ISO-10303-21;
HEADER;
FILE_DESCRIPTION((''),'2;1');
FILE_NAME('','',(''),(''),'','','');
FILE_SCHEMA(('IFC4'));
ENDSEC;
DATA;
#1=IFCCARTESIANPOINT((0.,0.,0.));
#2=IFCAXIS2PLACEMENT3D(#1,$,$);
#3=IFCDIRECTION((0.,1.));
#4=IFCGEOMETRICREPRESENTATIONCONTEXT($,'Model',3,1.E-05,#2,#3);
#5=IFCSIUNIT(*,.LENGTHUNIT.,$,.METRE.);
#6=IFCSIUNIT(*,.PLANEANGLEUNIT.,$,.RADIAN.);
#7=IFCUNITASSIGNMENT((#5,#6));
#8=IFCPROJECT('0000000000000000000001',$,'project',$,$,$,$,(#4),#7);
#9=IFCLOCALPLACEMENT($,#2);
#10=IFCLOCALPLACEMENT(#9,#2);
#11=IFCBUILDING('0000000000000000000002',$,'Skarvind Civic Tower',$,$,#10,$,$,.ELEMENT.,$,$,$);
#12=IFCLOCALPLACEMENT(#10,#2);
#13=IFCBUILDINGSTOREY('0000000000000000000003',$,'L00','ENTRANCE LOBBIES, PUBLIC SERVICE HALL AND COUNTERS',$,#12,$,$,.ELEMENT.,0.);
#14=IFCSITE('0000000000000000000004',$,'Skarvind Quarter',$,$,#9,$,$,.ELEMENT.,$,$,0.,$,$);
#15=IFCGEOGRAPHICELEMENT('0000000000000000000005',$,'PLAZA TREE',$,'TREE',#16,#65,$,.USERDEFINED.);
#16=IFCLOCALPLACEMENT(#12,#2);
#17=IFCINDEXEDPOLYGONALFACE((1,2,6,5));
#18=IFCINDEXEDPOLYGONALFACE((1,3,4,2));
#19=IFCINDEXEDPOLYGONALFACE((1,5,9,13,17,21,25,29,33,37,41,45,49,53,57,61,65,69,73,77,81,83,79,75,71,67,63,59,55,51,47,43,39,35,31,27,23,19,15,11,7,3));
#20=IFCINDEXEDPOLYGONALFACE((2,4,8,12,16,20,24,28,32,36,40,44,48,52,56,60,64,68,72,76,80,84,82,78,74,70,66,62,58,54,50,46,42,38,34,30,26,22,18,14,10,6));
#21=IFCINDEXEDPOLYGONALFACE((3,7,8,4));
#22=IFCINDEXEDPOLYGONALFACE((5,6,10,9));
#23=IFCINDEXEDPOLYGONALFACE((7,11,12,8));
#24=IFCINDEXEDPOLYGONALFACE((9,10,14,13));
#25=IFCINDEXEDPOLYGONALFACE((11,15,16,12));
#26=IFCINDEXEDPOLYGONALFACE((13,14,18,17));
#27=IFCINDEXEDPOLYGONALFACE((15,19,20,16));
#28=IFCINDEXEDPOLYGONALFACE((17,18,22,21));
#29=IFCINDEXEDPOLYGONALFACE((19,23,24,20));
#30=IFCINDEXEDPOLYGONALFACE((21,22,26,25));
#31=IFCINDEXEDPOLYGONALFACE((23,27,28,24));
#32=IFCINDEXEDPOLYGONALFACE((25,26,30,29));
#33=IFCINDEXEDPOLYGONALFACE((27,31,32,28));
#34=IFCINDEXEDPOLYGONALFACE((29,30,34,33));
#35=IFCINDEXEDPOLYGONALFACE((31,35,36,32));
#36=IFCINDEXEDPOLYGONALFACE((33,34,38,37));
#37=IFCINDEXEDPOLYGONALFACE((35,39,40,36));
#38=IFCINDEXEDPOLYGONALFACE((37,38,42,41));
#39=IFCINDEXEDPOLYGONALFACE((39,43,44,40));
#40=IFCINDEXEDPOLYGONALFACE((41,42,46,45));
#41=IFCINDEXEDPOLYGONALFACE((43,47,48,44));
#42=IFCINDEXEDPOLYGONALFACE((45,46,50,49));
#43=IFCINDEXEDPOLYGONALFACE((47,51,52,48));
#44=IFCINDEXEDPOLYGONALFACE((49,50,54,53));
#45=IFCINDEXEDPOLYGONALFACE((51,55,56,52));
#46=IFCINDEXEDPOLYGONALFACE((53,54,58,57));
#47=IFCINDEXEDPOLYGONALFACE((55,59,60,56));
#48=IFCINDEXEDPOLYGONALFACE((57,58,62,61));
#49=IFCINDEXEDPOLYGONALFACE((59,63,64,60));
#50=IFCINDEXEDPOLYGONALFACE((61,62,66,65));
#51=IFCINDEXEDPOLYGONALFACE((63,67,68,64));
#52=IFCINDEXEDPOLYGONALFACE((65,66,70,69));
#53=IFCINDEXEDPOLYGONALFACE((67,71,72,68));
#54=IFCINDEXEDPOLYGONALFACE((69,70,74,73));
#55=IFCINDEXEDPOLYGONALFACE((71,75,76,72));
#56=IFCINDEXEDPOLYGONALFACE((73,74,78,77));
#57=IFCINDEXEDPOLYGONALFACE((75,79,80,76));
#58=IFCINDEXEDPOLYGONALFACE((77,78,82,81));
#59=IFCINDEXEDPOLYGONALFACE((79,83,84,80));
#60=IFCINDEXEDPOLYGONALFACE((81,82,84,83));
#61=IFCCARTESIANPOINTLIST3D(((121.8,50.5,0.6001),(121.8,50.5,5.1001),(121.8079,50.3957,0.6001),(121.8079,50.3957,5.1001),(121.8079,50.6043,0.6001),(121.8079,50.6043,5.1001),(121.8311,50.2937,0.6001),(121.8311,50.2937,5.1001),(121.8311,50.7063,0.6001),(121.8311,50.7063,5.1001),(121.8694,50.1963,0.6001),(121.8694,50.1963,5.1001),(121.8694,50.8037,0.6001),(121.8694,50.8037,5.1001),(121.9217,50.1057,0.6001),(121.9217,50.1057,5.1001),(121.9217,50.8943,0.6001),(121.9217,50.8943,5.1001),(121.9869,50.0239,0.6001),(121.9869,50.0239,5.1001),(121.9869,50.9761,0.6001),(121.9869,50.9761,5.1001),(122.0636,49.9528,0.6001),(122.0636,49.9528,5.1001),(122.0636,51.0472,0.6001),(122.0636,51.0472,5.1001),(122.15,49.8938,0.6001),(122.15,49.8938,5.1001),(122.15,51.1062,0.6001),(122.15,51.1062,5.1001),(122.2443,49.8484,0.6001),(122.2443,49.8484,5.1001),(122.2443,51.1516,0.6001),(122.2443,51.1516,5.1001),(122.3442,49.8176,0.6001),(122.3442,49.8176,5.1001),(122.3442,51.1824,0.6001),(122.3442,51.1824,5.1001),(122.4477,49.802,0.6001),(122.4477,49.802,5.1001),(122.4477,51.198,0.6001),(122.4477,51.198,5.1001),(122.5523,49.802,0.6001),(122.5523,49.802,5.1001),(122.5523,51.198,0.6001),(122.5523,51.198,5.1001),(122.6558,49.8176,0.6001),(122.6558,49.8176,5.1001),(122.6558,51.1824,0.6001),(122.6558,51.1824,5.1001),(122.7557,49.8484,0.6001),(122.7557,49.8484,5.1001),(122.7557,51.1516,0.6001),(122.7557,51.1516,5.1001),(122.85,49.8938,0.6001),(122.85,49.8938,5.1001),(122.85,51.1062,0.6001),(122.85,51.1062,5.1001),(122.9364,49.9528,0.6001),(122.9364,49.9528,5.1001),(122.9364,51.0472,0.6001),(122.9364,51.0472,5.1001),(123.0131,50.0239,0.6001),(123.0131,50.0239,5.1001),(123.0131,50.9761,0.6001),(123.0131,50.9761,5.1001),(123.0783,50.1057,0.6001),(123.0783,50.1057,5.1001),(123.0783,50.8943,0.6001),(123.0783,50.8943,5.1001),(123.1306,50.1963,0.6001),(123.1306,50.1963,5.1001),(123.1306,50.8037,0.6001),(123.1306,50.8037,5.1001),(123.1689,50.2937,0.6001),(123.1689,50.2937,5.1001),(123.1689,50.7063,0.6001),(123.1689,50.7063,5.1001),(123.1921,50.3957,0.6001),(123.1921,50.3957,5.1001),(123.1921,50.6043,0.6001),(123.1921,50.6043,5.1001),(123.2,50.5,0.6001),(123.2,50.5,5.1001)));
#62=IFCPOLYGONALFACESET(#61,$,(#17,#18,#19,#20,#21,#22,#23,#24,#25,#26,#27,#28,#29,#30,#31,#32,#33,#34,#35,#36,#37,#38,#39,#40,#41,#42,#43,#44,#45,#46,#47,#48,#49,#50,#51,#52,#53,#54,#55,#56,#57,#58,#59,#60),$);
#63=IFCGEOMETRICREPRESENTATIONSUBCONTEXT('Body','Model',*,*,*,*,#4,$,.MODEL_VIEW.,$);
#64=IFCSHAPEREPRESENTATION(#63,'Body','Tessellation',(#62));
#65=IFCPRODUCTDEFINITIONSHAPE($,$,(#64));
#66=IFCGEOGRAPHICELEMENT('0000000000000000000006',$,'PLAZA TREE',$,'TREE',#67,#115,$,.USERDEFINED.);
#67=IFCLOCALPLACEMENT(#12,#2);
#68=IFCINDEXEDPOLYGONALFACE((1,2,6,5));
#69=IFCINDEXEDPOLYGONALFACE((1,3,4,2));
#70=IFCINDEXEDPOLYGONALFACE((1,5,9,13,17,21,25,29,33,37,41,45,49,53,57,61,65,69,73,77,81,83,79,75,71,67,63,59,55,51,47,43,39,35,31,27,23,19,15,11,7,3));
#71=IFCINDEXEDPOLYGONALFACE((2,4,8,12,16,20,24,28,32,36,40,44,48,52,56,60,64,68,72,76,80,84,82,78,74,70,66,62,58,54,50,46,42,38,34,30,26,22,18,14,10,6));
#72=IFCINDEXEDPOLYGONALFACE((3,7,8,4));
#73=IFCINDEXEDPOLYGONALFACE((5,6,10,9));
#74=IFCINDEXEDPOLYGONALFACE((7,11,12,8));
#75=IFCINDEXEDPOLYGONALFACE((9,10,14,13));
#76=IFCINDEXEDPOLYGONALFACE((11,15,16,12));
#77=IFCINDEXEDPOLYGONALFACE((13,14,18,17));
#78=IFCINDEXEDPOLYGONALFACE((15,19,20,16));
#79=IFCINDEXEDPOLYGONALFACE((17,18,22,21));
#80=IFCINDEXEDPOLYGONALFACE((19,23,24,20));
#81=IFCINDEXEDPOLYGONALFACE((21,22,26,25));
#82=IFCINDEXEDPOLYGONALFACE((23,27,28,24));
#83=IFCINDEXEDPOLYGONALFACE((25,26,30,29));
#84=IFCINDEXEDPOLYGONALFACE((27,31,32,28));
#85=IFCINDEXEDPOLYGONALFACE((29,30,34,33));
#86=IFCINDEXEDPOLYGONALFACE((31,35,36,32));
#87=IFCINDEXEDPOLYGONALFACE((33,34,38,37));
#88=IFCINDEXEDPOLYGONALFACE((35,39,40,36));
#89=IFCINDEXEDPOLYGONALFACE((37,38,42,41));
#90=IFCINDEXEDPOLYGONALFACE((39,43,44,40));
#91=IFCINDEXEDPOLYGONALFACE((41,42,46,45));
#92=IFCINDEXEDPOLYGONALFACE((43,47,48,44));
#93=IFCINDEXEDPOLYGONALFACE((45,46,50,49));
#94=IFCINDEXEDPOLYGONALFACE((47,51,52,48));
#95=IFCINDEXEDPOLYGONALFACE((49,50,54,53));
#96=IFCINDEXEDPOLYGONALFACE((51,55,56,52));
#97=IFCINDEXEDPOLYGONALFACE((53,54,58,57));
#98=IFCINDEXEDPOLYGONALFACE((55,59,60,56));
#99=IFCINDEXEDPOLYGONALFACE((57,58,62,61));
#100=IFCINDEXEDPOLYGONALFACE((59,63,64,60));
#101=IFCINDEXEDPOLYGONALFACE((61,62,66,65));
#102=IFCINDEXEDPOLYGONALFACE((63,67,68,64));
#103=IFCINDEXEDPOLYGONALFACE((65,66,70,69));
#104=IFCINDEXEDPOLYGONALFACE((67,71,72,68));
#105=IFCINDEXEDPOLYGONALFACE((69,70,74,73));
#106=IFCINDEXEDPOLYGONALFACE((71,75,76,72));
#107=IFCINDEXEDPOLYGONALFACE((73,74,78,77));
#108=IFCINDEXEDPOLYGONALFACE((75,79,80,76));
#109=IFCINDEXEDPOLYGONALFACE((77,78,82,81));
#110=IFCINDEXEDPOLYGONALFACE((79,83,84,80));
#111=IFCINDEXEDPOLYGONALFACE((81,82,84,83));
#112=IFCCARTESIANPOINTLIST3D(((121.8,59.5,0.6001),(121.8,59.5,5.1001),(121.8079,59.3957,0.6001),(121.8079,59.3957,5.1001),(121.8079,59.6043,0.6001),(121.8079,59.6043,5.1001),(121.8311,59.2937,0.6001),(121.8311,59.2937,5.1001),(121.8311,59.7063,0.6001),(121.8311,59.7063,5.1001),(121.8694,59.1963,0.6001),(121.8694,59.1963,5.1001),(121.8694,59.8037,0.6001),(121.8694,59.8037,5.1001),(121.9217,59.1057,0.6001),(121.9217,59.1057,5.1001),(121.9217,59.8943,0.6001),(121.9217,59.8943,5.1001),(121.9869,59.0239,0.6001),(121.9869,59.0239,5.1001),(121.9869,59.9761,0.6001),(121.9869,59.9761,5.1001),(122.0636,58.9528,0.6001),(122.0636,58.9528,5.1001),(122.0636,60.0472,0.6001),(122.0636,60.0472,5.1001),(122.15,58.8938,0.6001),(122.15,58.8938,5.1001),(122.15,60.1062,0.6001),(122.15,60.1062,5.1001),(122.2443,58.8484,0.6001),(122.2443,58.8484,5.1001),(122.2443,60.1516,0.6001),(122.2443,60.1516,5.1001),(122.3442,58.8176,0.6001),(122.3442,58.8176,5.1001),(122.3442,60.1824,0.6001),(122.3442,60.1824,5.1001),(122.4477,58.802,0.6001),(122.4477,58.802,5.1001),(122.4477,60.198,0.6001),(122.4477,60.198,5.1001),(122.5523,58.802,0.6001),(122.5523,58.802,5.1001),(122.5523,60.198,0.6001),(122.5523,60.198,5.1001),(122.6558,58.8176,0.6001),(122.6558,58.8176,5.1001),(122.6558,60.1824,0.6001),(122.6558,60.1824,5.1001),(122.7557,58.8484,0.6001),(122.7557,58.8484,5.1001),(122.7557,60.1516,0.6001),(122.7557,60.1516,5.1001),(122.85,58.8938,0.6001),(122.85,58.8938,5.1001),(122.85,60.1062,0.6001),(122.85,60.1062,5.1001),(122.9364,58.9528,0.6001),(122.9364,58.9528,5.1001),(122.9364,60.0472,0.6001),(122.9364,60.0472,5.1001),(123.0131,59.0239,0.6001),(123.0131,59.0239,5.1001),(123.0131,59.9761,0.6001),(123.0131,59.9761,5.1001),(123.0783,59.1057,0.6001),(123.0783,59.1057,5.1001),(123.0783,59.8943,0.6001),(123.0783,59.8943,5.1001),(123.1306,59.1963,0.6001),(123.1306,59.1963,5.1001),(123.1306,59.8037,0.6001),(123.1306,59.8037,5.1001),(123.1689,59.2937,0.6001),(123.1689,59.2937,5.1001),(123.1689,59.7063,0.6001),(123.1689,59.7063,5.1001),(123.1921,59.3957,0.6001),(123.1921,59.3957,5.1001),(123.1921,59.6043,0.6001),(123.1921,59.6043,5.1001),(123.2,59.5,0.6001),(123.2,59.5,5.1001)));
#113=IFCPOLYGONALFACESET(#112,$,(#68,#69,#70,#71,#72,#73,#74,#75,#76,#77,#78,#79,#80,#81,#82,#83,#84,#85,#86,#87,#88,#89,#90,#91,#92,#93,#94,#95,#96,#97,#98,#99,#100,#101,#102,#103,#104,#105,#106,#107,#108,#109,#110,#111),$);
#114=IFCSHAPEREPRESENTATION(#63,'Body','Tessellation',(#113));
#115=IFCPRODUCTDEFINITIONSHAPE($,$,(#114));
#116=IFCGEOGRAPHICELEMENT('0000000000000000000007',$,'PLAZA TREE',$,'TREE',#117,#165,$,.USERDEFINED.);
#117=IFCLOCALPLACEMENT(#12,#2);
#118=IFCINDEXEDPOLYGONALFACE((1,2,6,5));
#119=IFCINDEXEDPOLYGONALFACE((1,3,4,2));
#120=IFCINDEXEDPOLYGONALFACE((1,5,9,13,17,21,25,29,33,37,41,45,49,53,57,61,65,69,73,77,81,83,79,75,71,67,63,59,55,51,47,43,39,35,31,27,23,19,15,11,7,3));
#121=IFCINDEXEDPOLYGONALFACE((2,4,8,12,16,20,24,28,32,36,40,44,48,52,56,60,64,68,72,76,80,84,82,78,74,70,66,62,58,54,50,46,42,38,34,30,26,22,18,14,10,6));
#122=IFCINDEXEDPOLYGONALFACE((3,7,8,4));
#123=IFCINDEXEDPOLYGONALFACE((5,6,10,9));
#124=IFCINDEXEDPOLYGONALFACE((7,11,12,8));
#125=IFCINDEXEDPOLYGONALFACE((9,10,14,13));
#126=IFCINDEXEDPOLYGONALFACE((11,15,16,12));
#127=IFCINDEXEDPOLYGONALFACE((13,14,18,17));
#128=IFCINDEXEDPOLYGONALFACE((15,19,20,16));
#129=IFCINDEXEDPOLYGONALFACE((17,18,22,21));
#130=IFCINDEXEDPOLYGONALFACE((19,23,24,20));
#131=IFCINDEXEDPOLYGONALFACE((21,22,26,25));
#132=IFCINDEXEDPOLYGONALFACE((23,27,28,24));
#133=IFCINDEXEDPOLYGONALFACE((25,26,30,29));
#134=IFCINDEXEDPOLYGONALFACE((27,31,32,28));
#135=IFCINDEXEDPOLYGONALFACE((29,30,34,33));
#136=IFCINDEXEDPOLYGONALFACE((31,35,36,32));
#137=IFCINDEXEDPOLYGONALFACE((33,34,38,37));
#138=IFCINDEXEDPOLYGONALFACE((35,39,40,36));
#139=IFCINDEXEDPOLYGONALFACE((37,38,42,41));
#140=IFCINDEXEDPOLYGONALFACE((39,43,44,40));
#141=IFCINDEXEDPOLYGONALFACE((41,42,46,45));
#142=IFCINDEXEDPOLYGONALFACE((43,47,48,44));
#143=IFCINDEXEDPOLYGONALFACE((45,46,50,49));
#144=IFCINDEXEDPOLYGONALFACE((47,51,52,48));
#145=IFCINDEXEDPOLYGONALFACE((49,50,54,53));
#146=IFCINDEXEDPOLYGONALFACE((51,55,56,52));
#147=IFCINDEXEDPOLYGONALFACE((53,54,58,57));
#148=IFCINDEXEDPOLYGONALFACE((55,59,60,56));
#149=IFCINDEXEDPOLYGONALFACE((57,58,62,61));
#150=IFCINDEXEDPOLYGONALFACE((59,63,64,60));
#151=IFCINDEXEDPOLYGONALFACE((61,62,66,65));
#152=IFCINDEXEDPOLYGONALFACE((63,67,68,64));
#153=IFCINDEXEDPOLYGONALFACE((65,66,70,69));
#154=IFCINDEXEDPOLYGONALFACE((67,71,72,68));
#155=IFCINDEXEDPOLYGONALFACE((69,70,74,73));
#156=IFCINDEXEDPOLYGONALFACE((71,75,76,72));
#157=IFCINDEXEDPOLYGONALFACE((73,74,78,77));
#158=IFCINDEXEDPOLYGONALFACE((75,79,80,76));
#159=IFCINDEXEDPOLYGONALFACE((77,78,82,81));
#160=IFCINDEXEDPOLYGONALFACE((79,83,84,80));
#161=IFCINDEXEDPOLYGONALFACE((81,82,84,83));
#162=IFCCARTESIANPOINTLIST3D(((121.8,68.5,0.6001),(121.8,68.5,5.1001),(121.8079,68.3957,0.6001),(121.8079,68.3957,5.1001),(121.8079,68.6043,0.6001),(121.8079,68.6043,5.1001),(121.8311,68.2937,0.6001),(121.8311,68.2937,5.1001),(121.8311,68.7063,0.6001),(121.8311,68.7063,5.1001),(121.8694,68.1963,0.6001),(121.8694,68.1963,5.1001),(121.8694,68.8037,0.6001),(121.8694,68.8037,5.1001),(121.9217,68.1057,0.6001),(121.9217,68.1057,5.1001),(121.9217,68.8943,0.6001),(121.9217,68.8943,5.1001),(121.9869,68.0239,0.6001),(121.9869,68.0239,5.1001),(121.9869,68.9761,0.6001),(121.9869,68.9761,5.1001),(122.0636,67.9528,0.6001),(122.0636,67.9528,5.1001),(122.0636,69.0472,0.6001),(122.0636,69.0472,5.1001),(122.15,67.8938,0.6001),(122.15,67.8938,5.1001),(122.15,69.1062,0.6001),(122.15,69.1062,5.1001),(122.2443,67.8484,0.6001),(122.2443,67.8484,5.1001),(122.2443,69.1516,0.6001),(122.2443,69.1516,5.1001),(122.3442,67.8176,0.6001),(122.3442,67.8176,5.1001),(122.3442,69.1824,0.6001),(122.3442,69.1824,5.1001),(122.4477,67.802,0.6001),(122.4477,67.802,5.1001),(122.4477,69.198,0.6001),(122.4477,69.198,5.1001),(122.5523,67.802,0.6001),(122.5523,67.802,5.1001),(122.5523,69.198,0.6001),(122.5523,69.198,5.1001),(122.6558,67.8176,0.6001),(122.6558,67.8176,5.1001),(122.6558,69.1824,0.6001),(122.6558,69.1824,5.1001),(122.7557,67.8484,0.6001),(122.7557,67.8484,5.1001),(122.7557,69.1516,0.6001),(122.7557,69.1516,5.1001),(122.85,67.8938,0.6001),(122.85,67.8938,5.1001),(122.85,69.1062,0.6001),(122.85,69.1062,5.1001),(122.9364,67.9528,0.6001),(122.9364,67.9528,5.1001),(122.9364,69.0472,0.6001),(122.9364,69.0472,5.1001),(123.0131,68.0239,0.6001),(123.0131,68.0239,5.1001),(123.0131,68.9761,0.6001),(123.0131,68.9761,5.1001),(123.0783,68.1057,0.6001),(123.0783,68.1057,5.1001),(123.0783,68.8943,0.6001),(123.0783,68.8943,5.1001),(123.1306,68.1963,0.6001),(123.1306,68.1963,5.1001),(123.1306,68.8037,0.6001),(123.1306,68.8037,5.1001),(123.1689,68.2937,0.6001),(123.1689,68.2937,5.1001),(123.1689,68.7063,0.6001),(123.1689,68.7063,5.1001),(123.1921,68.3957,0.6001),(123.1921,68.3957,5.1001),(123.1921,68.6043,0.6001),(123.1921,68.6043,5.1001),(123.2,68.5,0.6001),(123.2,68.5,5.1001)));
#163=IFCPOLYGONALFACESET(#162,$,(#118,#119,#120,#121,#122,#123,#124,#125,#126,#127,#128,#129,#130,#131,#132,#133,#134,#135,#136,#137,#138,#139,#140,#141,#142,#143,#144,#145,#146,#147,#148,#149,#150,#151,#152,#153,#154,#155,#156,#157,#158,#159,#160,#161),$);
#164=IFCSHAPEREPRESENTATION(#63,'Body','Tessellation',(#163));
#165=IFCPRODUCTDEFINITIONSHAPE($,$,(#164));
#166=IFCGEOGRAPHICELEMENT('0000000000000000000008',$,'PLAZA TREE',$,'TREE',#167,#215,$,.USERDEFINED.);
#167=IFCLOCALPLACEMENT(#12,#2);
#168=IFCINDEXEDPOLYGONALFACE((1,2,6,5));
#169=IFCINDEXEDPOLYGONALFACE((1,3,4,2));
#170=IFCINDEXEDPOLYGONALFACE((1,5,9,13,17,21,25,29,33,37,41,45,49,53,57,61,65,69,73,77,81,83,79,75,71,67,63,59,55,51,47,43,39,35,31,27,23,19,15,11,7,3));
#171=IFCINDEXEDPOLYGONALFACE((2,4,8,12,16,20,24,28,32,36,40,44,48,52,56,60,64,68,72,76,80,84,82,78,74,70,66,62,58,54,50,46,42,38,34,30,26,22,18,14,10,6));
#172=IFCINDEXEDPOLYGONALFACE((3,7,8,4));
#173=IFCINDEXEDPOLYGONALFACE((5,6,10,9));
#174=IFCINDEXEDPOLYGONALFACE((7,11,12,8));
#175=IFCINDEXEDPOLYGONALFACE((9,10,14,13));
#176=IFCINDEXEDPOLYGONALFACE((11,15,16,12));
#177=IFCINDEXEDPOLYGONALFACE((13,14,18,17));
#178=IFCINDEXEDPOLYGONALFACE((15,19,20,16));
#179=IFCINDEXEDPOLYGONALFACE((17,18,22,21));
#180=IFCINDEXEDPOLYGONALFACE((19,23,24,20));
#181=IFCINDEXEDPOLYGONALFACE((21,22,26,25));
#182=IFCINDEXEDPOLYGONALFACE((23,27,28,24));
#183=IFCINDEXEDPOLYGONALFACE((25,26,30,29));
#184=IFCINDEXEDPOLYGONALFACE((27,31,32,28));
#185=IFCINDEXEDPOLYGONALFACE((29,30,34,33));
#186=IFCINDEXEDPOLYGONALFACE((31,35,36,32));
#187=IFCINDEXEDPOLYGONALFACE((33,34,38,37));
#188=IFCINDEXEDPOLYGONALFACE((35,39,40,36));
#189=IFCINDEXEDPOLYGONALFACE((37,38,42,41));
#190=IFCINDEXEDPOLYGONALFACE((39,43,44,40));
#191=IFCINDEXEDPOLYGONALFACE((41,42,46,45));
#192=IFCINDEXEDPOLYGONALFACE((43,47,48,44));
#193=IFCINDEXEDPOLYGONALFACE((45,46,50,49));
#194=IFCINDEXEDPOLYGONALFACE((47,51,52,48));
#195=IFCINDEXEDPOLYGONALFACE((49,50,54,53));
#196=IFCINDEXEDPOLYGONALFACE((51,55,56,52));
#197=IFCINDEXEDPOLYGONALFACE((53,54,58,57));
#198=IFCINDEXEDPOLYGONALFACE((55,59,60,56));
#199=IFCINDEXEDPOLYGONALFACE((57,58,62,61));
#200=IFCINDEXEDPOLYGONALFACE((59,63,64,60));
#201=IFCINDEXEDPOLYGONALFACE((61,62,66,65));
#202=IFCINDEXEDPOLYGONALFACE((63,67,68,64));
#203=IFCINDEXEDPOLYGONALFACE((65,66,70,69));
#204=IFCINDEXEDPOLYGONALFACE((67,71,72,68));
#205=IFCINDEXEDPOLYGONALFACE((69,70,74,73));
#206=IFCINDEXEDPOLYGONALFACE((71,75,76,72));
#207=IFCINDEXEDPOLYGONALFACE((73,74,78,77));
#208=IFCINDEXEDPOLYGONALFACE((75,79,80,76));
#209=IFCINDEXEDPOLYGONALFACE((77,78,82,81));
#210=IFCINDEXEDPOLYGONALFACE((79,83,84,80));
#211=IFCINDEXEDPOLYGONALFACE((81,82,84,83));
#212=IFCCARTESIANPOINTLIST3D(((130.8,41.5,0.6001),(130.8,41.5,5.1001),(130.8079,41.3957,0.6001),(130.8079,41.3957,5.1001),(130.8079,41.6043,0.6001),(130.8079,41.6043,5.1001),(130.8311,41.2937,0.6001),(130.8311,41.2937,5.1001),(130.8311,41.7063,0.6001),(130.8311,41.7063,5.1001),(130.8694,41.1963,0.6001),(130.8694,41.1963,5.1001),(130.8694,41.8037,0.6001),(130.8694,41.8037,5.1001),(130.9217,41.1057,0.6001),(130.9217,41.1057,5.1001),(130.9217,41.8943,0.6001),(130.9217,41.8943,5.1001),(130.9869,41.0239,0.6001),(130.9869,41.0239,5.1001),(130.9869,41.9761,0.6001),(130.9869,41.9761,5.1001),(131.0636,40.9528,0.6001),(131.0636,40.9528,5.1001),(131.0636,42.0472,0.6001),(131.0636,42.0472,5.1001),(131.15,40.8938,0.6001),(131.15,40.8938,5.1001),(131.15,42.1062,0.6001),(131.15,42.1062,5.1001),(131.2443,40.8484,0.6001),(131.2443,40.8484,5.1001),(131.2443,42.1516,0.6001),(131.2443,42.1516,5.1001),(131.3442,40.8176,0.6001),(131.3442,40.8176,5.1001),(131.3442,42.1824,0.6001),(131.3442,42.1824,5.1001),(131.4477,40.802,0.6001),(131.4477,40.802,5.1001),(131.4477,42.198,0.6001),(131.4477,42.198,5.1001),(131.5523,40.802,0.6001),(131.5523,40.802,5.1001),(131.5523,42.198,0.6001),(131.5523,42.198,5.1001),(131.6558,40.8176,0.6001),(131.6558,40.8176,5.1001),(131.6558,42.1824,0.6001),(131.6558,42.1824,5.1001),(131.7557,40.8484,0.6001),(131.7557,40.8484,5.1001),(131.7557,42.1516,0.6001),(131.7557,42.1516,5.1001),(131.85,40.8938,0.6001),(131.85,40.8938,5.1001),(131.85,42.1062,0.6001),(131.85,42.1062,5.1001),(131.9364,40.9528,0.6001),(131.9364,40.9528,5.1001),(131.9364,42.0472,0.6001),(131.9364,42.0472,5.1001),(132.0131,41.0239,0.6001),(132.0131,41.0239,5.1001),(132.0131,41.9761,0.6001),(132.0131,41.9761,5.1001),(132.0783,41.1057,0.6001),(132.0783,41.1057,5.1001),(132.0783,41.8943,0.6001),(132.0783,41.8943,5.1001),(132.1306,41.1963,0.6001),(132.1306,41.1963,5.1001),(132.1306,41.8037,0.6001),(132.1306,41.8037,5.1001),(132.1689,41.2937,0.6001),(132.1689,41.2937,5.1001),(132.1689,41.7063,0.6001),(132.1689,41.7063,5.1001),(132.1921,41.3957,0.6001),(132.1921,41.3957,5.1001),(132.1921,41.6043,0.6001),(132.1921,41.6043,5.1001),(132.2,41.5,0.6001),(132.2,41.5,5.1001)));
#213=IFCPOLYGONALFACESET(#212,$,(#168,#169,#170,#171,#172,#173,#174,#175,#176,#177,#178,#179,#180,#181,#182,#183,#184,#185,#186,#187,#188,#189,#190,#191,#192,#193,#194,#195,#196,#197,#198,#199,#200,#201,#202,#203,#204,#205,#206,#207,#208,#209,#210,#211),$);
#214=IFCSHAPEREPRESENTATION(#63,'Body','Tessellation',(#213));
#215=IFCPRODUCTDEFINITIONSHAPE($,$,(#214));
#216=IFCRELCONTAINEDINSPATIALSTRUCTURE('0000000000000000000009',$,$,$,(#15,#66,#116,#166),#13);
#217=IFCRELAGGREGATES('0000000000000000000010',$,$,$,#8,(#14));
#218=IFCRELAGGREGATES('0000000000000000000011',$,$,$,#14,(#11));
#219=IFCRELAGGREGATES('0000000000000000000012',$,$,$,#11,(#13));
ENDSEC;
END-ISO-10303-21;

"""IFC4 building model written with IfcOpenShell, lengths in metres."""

from ifc_helpers import new_model, si_unit, direction, frame, origin, origin_2d, place, context, subcontext, project, spatial, circle, extrude, element, save


model = new_model("IFC4")

# Units and contexts
model_context = context("Model", 3, precision=1e-05, world=origin(), true_north=direction((0.0, 1.0)))
body_context = subcontext(model_context, "Body", "Model", "MODEL_VIEW")
ifc_project = project(units=[si_unit("LENGTHUNIT", "METRE"), si_unit("PLANEANGLEUNIT", "RADIAN")], contexts=[model_context])

# Site, building, storey
site_placement = place(None, origin())
site = spatial("IfcSite", under=ifc_project, at=site_placement, Name="Skarvind Quarter", CompositionType="ELEMENT", RefElevation=0.0)
building_placement = place(site_placement, origin())
building = spatial("IfcBuilding", under=site, at=building_placement, Name="Skarvind Civic Tower", CompositionType="ELEMENT")
storey_placement = place(building_placement, origin())
storey = spatial("IfcBuildingStorey", under=building, at=storey_placement, Name="L00", Description="ENTRANCE LOBBIES, PUBLIC SERVICE HALL AND COUNTERS", CompositionType="ELEMENT", Elevation=0.0)

# Geographic elements
for number, where, z_axis, x_axis, name in (
    (1, (122.5, 50.5, 0.6001), (0.0, 0.0, 1.0), (1.0, 0.0, 0.0), "PLAZA TREE"),
    (2, (122.5, 59.5, 0.6001), (0.0, 0.0, 1.0), (1.0, 0.0, 0.0), "PLAZA TREE"),
    (3, (122.5, 68.5, 0.6001), (0.0, 0.0, 1.0), (1.0, 0.0, 0.0), "PLAZA TREE"),
    (4, (131.5, 41.5, 0.6001), (0.0, 0.0, 1.0), (1.0, 0.0, 0.0), "PLAZA TREE"),
):
    element("IfcGeographicElement", number, at=place(storey_placement, frame(where, z_axis=z_axis, x_axis=x_axis)), inside=storey, Name=name, ObjectType="TREE", PredefinedType="USERDEFINED", context=body_context, shape_type="SweptSolid", body=[
        extrude(circle(Radius=0.7, at=origin_2d()), origin(), (0.0, 0.0, 1.0), 4.5),
    ])

save(model, "model.ifc")
